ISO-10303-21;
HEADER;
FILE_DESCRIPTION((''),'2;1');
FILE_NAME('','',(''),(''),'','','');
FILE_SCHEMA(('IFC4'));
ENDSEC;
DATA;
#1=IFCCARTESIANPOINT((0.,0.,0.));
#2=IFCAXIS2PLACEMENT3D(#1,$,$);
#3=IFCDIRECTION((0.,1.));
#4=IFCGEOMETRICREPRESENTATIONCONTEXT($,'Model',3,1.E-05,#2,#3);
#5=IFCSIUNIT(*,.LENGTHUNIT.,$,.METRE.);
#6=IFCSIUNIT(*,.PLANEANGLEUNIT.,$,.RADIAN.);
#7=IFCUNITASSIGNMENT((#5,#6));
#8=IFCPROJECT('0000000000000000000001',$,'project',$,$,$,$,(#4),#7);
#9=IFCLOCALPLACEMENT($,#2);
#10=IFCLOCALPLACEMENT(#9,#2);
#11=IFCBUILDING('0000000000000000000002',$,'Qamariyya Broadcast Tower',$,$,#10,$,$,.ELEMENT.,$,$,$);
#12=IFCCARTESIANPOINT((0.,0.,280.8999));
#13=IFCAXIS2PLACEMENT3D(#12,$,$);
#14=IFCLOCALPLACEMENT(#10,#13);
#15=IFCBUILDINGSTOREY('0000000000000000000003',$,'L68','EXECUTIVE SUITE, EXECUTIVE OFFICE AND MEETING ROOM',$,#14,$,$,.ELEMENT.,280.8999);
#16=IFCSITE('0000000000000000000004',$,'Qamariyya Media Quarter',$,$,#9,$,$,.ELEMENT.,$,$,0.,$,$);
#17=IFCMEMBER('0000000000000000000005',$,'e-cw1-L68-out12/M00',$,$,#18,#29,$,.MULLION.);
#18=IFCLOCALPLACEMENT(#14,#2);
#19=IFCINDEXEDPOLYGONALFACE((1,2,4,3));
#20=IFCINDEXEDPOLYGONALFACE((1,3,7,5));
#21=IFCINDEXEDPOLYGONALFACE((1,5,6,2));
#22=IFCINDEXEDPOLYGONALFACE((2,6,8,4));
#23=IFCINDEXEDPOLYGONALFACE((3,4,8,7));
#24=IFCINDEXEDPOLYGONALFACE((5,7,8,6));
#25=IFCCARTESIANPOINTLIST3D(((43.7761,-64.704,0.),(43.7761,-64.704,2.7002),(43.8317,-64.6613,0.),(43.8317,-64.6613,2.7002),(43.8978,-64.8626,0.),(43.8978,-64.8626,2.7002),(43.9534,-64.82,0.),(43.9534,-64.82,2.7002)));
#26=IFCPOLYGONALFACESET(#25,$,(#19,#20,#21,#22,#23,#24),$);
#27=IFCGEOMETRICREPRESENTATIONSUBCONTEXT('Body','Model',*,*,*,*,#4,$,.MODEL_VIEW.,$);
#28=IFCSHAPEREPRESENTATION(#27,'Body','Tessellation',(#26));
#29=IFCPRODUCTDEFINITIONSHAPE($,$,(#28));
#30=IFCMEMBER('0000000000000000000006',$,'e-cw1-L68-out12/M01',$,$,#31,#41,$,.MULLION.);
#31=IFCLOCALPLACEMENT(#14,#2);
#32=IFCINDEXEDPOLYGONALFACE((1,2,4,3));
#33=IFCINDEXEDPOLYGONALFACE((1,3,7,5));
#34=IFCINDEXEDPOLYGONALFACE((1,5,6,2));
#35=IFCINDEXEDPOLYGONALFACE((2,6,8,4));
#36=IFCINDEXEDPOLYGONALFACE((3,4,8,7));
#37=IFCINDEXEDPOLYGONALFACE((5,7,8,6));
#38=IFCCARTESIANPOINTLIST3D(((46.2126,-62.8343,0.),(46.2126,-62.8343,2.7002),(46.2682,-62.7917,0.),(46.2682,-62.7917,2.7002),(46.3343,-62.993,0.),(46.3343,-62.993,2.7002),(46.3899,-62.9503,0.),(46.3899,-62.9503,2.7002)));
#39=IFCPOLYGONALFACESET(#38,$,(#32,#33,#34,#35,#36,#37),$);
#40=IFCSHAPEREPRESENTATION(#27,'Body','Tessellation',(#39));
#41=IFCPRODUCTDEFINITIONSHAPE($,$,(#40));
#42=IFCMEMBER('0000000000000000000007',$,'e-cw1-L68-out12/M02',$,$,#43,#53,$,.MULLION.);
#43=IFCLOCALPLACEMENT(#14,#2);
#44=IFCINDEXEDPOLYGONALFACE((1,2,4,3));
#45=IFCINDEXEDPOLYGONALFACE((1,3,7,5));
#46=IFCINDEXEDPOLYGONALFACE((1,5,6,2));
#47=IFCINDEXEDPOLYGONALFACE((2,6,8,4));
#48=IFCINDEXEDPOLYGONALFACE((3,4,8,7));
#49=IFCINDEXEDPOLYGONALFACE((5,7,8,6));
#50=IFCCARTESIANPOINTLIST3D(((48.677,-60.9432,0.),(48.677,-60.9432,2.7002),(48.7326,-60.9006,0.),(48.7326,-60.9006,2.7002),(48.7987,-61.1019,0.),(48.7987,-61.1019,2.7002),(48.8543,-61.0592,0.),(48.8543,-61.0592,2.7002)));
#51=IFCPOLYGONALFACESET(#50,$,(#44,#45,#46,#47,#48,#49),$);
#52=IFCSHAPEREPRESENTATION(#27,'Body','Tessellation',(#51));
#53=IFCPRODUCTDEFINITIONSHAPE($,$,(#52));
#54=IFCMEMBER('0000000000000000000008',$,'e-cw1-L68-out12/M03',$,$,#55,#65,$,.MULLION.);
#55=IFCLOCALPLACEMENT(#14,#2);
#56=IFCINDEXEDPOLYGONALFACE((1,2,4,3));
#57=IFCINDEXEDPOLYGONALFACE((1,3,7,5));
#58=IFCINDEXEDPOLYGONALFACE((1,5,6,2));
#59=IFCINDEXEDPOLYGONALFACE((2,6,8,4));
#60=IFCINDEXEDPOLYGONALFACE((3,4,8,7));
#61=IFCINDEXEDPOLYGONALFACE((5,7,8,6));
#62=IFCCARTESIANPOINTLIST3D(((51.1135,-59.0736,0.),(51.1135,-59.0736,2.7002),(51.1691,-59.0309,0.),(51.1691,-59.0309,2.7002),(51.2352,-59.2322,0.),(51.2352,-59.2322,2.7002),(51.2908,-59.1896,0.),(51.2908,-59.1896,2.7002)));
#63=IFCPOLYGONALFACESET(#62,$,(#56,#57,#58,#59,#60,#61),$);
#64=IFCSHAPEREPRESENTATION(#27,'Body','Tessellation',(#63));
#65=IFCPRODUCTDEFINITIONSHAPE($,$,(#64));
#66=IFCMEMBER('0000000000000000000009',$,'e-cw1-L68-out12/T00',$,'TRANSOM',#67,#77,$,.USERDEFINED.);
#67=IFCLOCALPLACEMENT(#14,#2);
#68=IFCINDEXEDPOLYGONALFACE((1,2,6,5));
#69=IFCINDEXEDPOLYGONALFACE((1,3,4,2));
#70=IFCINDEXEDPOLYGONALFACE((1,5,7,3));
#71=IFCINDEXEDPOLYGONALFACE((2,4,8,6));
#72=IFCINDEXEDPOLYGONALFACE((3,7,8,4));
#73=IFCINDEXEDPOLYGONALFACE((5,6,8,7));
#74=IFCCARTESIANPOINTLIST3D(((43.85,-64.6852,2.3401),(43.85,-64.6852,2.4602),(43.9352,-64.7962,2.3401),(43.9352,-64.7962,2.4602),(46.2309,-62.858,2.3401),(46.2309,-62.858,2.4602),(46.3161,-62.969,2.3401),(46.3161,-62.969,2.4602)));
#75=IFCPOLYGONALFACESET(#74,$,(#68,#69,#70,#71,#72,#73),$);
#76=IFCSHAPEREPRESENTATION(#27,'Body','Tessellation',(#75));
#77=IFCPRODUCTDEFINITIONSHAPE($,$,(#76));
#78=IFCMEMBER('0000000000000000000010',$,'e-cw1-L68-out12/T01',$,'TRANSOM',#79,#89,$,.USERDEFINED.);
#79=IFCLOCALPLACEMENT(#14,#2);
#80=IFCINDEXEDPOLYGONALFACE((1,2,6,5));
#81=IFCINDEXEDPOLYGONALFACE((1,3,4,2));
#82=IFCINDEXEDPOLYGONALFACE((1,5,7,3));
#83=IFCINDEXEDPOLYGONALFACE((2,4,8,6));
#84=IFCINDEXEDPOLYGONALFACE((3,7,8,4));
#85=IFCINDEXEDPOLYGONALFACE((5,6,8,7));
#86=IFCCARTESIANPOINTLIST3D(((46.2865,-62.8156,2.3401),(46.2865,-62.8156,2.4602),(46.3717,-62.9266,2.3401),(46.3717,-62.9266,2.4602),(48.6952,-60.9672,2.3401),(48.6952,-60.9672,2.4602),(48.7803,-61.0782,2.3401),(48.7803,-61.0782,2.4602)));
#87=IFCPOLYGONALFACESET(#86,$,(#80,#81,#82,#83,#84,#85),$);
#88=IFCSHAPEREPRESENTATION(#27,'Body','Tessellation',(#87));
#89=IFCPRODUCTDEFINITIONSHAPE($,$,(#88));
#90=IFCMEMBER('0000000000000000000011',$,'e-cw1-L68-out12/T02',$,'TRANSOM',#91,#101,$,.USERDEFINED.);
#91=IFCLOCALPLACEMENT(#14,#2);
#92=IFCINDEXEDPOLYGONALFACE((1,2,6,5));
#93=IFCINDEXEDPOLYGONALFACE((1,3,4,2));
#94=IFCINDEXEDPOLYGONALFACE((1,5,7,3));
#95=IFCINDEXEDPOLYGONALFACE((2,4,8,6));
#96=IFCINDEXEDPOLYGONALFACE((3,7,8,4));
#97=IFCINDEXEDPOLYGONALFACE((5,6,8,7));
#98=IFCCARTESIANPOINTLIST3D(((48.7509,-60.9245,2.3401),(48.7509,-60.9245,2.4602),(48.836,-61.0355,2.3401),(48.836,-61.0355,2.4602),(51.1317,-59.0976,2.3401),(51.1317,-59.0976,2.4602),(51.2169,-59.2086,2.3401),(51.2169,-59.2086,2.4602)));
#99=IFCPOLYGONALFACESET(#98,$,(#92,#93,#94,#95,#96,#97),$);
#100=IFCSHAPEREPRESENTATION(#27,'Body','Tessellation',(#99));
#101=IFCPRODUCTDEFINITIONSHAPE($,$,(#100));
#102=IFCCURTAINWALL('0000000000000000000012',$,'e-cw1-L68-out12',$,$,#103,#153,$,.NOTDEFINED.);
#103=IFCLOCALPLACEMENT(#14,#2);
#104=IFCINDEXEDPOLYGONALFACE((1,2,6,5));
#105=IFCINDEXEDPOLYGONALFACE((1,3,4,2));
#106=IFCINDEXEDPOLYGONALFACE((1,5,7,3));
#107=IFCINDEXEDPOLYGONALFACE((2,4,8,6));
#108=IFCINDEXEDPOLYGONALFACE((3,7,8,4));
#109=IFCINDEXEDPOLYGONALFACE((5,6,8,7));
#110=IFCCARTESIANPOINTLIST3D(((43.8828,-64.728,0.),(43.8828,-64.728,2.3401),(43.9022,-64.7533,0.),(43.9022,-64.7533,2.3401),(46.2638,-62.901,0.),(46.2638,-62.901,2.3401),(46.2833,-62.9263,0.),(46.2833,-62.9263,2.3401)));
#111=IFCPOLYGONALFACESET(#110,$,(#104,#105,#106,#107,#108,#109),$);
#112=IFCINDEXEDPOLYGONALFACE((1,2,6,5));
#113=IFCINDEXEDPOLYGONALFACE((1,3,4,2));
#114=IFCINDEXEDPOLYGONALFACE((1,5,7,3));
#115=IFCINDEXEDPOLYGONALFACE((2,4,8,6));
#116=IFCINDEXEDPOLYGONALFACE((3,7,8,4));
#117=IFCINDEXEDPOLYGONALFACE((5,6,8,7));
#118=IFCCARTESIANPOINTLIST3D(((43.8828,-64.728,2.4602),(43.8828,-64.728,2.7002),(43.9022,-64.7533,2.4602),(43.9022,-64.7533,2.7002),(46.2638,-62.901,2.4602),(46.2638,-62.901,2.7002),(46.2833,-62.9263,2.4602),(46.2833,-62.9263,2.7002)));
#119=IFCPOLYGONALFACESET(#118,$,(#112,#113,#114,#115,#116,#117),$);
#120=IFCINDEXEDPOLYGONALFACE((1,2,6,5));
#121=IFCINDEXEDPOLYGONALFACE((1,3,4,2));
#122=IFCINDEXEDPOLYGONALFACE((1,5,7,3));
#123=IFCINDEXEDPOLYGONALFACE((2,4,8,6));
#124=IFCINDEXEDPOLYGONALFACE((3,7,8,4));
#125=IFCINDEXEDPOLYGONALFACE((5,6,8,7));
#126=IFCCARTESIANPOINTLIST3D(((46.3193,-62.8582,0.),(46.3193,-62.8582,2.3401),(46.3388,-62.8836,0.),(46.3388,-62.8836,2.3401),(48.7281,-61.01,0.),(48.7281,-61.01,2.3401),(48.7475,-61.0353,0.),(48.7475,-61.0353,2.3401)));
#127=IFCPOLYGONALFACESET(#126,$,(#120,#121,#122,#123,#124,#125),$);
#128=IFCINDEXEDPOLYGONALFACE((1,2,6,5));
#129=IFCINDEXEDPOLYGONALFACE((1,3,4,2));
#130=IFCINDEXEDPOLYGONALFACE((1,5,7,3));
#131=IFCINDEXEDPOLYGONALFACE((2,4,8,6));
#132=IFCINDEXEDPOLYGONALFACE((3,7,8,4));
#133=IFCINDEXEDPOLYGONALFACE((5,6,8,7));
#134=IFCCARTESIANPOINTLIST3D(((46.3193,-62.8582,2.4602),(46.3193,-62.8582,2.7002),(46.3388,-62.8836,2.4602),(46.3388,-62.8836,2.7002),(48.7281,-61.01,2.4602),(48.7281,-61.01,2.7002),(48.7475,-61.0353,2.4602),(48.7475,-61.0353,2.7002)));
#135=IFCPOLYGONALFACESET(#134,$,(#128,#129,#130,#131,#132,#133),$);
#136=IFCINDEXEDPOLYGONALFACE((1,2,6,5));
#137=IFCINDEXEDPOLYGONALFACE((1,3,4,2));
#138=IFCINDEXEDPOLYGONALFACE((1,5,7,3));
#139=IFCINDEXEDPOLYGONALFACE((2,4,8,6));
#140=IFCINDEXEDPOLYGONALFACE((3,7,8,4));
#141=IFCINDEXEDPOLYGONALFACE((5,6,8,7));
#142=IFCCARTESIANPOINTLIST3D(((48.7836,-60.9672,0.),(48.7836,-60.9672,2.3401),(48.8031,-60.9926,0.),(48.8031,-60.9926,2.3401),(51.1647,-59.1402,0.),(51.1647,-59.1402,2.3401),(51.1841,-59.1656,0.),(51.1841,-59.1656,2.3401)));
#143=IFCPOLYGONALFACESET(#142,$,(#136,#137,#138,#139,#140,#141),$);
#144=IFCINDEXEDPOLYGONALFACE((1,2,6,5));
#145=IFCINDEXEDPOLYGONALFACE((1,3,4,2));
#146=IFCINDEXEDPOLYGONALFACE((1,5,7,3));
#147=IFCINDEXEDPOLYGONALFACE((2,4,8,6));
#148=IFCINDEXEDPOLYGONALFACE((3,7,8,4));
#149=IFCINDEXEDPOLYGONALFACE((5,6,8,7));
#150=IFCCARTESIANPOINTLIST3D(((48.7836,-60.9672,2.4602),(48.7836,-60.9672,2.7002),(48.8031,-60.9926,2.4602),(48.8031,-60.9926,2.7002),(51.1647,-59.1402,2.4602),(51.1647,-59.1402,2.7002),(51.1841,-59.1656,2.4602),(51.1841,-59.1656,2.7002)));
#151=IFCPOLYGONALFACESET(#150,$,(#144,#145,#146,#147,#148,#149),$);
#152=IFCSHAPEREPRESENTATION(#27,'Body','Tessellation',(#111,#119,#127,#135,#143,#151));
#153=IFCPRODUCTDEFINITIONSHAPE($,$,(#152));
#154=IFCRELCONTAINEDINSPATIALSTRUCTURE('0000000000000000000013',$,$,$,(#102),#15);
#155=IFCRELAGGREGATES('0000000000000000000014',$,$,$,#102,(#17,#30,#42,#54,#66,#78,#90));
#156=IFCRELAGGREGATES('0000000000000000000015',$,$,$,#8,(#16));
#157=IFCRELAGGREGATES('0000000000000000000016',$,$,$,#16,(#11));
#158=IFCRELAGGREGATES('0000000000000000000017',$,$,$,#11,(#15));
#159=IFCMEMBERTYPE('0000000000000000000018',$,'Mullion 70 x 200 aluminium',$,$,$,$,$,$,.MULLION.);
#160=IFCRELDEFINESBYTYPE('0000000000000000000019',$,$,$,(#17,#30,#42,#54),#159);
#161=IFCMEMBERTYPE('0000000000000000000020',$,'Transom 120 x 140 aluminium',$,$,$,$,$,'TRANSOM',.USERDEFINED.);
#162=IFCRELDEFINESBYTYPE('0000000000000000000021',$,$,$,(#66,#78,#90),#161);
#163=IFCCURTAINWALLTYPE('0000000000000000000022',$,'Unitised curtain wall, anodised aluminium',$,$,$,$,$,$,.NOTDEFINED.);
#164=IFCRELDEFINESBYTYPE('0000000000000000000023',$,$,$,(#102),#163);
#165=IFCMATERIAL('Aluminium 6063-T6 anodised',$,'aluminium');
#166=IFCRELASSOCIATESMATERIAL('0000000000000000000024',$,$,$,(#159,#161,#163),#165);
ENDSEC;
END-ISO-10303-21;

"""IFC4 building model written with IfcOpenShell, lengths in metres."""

from ifc_helpers import new_model, si_unit, direction, frame, origin, origin_2d, place, context, subcontext, project, spatial, rectangle, extrude, material, material_profile, profile_set, type_object, element, aggregate, save


model = new_model("IFC4")

# Units and contexts
model_context = context("Model", 3, precision=1e-05, world=origin(), true_north=direction((0.0, 1.0)))
body_context = subcontext(model_context, "Body", "Model", "MODEL_VIEW")
ifc_project = project(units=[si_unit("LENGTHUNIT", "METRE"), si_unit("PLANEANGLEUNIT", "RADIAN")], contexts=[model_context])

# Members
ifc_material = material(Name="Aluminium 6063-T6 anodised", Category="aluminium")
ifc_material_profile_1 = material_profile(ifc_material, rectangle(XDim=0.2, YDim=0.0701, at=origin_2d()))
ifc_profile_set_1 = profile_set([ifc_material_profile_1], Name="Aluminium 6063-T6 anodised")
member_type_1 = type_object("IfcMemberType", Name="Mullion 70 x 200 aluminium", PredefinedType="MULLION", material=ifc_profile_set_1)
site_placement = place(None, origin())
building_placement = place(site_placement, origin())
storey_placement = place(building_placement, frame((0.0, 0.0, 280.8999)))
member_1_placement = place(storey_placement, frame((43.8647, -64.762, 0.0), z_axis=(0.0, 0.0, 1.0), x_axis=(-0.608761, 0.793353, 0.0)))
member_1 = element("IfcMember", 1, at=member_1_placement, type_object=member_type_1, Name="e-cw1-L68-out12/M00", PredefinedType="MULLION", context=body_context, shape_type="SweptSolid", body=[
    extrude(rectangle(XDim=0.2, YDim=0.0701, at=origin_2d()), origin(), (0.0, 0.0, 1.0), 2.7002),
])
member_2_placement = place(storey_placement, frame((46.3013, -62.8923, 0.0), z_axis=(0.0, 0.0, 1.0), x_axis=(-0.608761, 0.793353, 0.0)))
member_2 = element("IfcMember", 2, at=member_2_placement, type_object=member_type_1, Name="e-cw1-L68-out12/M01", PredefinedType="MULLION", context=body_context, shape_type="SweptSolid", body=[
    extrude(rectangle(XDim=0.2, YDim=0.0701, at=origin_2d()), origin(), (0.0, 0.0, 1.0), 2.7002),
])
member_3_placement = place(storey_placement, frame((48.7656, -61.0012, 0.0), z_axis=(0.0, 0.0, 1.0), x_axis=(-0.608761, 0.793353, 0.0)))
member_3 = element("IfcMember", 3, at=member_3_placement, type_object=member_type_1, Name="e-cw1-L68-out12/M02", PredefinedType="MULLION", context=body_context, shape_type="SweptSolid", body=[
    extrude(rectangle(XDim=0.2, YDim=0.0701, at=origin_2d()), origin(), (0.0, 0.0, 1.0), 2.7002),
])
member_4_placement = place(storey_placement, frame((51.2021, -59.1316, 0.0), z_axis=(0.0, 0.0, 1.0), x_axis=(-0.608761, 0.793353, 0.0)))
member_4 = element("IfcMember", 4, at=member_4_placement, type_object=member_type_1, Name="e-cw1-L68-out12/M03", PredefinedType="MULLION", context=body_context, shape_type="SweptSolid", body=[
    extrude(rectangle(XDim=0.2, YDim=0.0701, at=origin_2d()), origin(), (0.0, 0.0, 1.0), 2.7002),
])
ifc_material_profile_2 = material_profile(ifc_material, rectangle(XDim=0.1399, YDim=0.1201, at=origin_2d()))
ifc_profile_set_2 = profile_set([ifc_material_profile_2], Name="Aluminium 6063-T6 anodised")
member_type_2 = type_object("IfcMemberType", Name="Transom 120 x 140 aluminium", ElementType="TRANSOM", PredefinedType="USERDEFINED", material=ifc_profile_set_2)
member_5_placement = place(storey_placement, frame((43.8926, -64.7407, 2.4001), z_axis=(0.793313, 0.608814, 0.0), x_axis=(-0.608814, 0.793313, 0.0)))
member_5 = element("IfcMember", 5, at=member_5_placement, type_object=member_type_2, Name="e-cw1-L68-out12/T00", ObjectType="TRANSOM", PredefinedType="USERDEFINED", context=body_context, shape_type="SweptSolid", body=[
    extrude(rectangle(XDim=0.1399, YDim=0.1201, at=origin_2d()), origin(), (0.0, 0.0, 1.0), 3.0012),
])
member_6_placement = place(storey_placement, frame((46.3291, -62.8711, 2.4001), z_axis=(0.793332, 0.608789, 0.0), x_axis=(-0.608789, 0.793332, 0.0)))
member_6 = element("IfcMember", 6, at=member_6_placement, type_object=member_type_2, Name="e-cw1-L68-out12/T01", ObjectType="TRANSOM", PredefinedType="USERDEFINED", context=body_context, shape_type="SweptSolid", body=[
    extrude(rectangle(XDim=0.1399, YDim=0.1201, at=origin_2d()), origin(), (0.0, 0.0, 1.0), 3.0361),
])
member_7_placement = place(storey_placement, frame((48.7935, -60.98, 2.4001), z_axis=(0.793352, 0.608763, 0.0), x_axis=(-0.608763, 0.793352, 0.0)))
member_7 = element("IfcMember", 7, at=member_7_placement, type_object=member_type_2, Name="e-cw1-L68-out12/T02", ObjectType="TRANSOM", PredefinedType="USERDEFINED", context=body_context, shape_type="SweptSolid", body=[
    extrude(rectangle(XDim=0.1399, YDim=0.1201, at=origin_2d()), origin(), (0.0, 0.0, 1.0), 3.001),
])

# Site, building, storey
site = spatial("IfcSite", under=ifc_project, at=site_placement, Name="Qamariyya Media Quarter", CompositionType="ELEMENT", RefElevation=0.0)
building = spatial("IfcBuilding", under=site, at=building_placement, Name="Qamariyya Broadcast Tower", CompositionType="ELEMENT")
storey = spatial("IfcBuildingStorey", under=building, at=storey_placement, Name="L68", Description="EXECUTIVE SUITE, EXECUTIVE OFFICE AND MEETING ROOM", CompositionType="ELEMENT", Elevation=280.8999)

# Curtain wall
curtain_wall_type = type_object("IfcCurtainWallType", Name="Unitised curtain wall, anodised aluminium", PredefinedType="NOTDEFINED", material=ifc_material)
curtain_wall_1_placement = place(storey_placement, origin())
curtain_wall_1 = element("IfcCurtainWall", 8, at=curtain_wall_1_placement, inside=storey, type_object=curtain_wall_type, Name="e-cw1-L68-out12", PredefinedType="NOTDEFINED", context=body_context, shape_type="SweptSolid", body=[
    extrude(rectangle(XDim=3.0012, YDim=0.032, at=origin_2d()), frame((45.083, -63.8271, 0.0), x_axis=(0.793356, 0.608758, 0.0)), (0.0, 0.0, 1.0), 2.3401),
    extrude(rectangle(XDim=3.0012, YDim=0.032, at=origin_2d()), frame((45.083, -63.8271, 2.4602), x_axis=(0.793356, 0.608758, 0.0)), (0.0, 0.0, 1.0), 0.24),
    extrude(rectangle(XDim=3.0361, YDim=0.032, at=origin_2d()), frame((47.5334, -61.9468, 0.0), x_axis=(0.793356, 0.608758, 0.0)), (0.0, 0.0, 1.0), 2.3401),
    extrude(rectangle(XDim=3.0361, YDim=0.032, at=origin_2d()), frame((47.5334, -61.9468, 2.4602), x_axis=(0.793356, 0.608758, 0.0)), (0.0, 0.0, 1.0), 0.24),
    extrude(rectangle(XDim=3.0012, YDim=0.032, at=origin_2d()), frame((49.9839, -60.0664, 0.0), x_axis=(0.793356, 0.608758, 0.0)), (0.0, 0.0, 1.0), 2.3401),
    extrude(rectangle(XDim=3.0012, YDim=0.032, at=origin_2d()), frame((49.9839, -60.0664, 2.4602), x_axis=(0.793356, 0.608758, 0.0)), (0.0, 0.0, 1.0), 0.24),
])
aggregate(curtain_wall_1, [member_1, member_2, member_3, member_4, member_5, member_6, member_7])

save(model, "model.ifc")
